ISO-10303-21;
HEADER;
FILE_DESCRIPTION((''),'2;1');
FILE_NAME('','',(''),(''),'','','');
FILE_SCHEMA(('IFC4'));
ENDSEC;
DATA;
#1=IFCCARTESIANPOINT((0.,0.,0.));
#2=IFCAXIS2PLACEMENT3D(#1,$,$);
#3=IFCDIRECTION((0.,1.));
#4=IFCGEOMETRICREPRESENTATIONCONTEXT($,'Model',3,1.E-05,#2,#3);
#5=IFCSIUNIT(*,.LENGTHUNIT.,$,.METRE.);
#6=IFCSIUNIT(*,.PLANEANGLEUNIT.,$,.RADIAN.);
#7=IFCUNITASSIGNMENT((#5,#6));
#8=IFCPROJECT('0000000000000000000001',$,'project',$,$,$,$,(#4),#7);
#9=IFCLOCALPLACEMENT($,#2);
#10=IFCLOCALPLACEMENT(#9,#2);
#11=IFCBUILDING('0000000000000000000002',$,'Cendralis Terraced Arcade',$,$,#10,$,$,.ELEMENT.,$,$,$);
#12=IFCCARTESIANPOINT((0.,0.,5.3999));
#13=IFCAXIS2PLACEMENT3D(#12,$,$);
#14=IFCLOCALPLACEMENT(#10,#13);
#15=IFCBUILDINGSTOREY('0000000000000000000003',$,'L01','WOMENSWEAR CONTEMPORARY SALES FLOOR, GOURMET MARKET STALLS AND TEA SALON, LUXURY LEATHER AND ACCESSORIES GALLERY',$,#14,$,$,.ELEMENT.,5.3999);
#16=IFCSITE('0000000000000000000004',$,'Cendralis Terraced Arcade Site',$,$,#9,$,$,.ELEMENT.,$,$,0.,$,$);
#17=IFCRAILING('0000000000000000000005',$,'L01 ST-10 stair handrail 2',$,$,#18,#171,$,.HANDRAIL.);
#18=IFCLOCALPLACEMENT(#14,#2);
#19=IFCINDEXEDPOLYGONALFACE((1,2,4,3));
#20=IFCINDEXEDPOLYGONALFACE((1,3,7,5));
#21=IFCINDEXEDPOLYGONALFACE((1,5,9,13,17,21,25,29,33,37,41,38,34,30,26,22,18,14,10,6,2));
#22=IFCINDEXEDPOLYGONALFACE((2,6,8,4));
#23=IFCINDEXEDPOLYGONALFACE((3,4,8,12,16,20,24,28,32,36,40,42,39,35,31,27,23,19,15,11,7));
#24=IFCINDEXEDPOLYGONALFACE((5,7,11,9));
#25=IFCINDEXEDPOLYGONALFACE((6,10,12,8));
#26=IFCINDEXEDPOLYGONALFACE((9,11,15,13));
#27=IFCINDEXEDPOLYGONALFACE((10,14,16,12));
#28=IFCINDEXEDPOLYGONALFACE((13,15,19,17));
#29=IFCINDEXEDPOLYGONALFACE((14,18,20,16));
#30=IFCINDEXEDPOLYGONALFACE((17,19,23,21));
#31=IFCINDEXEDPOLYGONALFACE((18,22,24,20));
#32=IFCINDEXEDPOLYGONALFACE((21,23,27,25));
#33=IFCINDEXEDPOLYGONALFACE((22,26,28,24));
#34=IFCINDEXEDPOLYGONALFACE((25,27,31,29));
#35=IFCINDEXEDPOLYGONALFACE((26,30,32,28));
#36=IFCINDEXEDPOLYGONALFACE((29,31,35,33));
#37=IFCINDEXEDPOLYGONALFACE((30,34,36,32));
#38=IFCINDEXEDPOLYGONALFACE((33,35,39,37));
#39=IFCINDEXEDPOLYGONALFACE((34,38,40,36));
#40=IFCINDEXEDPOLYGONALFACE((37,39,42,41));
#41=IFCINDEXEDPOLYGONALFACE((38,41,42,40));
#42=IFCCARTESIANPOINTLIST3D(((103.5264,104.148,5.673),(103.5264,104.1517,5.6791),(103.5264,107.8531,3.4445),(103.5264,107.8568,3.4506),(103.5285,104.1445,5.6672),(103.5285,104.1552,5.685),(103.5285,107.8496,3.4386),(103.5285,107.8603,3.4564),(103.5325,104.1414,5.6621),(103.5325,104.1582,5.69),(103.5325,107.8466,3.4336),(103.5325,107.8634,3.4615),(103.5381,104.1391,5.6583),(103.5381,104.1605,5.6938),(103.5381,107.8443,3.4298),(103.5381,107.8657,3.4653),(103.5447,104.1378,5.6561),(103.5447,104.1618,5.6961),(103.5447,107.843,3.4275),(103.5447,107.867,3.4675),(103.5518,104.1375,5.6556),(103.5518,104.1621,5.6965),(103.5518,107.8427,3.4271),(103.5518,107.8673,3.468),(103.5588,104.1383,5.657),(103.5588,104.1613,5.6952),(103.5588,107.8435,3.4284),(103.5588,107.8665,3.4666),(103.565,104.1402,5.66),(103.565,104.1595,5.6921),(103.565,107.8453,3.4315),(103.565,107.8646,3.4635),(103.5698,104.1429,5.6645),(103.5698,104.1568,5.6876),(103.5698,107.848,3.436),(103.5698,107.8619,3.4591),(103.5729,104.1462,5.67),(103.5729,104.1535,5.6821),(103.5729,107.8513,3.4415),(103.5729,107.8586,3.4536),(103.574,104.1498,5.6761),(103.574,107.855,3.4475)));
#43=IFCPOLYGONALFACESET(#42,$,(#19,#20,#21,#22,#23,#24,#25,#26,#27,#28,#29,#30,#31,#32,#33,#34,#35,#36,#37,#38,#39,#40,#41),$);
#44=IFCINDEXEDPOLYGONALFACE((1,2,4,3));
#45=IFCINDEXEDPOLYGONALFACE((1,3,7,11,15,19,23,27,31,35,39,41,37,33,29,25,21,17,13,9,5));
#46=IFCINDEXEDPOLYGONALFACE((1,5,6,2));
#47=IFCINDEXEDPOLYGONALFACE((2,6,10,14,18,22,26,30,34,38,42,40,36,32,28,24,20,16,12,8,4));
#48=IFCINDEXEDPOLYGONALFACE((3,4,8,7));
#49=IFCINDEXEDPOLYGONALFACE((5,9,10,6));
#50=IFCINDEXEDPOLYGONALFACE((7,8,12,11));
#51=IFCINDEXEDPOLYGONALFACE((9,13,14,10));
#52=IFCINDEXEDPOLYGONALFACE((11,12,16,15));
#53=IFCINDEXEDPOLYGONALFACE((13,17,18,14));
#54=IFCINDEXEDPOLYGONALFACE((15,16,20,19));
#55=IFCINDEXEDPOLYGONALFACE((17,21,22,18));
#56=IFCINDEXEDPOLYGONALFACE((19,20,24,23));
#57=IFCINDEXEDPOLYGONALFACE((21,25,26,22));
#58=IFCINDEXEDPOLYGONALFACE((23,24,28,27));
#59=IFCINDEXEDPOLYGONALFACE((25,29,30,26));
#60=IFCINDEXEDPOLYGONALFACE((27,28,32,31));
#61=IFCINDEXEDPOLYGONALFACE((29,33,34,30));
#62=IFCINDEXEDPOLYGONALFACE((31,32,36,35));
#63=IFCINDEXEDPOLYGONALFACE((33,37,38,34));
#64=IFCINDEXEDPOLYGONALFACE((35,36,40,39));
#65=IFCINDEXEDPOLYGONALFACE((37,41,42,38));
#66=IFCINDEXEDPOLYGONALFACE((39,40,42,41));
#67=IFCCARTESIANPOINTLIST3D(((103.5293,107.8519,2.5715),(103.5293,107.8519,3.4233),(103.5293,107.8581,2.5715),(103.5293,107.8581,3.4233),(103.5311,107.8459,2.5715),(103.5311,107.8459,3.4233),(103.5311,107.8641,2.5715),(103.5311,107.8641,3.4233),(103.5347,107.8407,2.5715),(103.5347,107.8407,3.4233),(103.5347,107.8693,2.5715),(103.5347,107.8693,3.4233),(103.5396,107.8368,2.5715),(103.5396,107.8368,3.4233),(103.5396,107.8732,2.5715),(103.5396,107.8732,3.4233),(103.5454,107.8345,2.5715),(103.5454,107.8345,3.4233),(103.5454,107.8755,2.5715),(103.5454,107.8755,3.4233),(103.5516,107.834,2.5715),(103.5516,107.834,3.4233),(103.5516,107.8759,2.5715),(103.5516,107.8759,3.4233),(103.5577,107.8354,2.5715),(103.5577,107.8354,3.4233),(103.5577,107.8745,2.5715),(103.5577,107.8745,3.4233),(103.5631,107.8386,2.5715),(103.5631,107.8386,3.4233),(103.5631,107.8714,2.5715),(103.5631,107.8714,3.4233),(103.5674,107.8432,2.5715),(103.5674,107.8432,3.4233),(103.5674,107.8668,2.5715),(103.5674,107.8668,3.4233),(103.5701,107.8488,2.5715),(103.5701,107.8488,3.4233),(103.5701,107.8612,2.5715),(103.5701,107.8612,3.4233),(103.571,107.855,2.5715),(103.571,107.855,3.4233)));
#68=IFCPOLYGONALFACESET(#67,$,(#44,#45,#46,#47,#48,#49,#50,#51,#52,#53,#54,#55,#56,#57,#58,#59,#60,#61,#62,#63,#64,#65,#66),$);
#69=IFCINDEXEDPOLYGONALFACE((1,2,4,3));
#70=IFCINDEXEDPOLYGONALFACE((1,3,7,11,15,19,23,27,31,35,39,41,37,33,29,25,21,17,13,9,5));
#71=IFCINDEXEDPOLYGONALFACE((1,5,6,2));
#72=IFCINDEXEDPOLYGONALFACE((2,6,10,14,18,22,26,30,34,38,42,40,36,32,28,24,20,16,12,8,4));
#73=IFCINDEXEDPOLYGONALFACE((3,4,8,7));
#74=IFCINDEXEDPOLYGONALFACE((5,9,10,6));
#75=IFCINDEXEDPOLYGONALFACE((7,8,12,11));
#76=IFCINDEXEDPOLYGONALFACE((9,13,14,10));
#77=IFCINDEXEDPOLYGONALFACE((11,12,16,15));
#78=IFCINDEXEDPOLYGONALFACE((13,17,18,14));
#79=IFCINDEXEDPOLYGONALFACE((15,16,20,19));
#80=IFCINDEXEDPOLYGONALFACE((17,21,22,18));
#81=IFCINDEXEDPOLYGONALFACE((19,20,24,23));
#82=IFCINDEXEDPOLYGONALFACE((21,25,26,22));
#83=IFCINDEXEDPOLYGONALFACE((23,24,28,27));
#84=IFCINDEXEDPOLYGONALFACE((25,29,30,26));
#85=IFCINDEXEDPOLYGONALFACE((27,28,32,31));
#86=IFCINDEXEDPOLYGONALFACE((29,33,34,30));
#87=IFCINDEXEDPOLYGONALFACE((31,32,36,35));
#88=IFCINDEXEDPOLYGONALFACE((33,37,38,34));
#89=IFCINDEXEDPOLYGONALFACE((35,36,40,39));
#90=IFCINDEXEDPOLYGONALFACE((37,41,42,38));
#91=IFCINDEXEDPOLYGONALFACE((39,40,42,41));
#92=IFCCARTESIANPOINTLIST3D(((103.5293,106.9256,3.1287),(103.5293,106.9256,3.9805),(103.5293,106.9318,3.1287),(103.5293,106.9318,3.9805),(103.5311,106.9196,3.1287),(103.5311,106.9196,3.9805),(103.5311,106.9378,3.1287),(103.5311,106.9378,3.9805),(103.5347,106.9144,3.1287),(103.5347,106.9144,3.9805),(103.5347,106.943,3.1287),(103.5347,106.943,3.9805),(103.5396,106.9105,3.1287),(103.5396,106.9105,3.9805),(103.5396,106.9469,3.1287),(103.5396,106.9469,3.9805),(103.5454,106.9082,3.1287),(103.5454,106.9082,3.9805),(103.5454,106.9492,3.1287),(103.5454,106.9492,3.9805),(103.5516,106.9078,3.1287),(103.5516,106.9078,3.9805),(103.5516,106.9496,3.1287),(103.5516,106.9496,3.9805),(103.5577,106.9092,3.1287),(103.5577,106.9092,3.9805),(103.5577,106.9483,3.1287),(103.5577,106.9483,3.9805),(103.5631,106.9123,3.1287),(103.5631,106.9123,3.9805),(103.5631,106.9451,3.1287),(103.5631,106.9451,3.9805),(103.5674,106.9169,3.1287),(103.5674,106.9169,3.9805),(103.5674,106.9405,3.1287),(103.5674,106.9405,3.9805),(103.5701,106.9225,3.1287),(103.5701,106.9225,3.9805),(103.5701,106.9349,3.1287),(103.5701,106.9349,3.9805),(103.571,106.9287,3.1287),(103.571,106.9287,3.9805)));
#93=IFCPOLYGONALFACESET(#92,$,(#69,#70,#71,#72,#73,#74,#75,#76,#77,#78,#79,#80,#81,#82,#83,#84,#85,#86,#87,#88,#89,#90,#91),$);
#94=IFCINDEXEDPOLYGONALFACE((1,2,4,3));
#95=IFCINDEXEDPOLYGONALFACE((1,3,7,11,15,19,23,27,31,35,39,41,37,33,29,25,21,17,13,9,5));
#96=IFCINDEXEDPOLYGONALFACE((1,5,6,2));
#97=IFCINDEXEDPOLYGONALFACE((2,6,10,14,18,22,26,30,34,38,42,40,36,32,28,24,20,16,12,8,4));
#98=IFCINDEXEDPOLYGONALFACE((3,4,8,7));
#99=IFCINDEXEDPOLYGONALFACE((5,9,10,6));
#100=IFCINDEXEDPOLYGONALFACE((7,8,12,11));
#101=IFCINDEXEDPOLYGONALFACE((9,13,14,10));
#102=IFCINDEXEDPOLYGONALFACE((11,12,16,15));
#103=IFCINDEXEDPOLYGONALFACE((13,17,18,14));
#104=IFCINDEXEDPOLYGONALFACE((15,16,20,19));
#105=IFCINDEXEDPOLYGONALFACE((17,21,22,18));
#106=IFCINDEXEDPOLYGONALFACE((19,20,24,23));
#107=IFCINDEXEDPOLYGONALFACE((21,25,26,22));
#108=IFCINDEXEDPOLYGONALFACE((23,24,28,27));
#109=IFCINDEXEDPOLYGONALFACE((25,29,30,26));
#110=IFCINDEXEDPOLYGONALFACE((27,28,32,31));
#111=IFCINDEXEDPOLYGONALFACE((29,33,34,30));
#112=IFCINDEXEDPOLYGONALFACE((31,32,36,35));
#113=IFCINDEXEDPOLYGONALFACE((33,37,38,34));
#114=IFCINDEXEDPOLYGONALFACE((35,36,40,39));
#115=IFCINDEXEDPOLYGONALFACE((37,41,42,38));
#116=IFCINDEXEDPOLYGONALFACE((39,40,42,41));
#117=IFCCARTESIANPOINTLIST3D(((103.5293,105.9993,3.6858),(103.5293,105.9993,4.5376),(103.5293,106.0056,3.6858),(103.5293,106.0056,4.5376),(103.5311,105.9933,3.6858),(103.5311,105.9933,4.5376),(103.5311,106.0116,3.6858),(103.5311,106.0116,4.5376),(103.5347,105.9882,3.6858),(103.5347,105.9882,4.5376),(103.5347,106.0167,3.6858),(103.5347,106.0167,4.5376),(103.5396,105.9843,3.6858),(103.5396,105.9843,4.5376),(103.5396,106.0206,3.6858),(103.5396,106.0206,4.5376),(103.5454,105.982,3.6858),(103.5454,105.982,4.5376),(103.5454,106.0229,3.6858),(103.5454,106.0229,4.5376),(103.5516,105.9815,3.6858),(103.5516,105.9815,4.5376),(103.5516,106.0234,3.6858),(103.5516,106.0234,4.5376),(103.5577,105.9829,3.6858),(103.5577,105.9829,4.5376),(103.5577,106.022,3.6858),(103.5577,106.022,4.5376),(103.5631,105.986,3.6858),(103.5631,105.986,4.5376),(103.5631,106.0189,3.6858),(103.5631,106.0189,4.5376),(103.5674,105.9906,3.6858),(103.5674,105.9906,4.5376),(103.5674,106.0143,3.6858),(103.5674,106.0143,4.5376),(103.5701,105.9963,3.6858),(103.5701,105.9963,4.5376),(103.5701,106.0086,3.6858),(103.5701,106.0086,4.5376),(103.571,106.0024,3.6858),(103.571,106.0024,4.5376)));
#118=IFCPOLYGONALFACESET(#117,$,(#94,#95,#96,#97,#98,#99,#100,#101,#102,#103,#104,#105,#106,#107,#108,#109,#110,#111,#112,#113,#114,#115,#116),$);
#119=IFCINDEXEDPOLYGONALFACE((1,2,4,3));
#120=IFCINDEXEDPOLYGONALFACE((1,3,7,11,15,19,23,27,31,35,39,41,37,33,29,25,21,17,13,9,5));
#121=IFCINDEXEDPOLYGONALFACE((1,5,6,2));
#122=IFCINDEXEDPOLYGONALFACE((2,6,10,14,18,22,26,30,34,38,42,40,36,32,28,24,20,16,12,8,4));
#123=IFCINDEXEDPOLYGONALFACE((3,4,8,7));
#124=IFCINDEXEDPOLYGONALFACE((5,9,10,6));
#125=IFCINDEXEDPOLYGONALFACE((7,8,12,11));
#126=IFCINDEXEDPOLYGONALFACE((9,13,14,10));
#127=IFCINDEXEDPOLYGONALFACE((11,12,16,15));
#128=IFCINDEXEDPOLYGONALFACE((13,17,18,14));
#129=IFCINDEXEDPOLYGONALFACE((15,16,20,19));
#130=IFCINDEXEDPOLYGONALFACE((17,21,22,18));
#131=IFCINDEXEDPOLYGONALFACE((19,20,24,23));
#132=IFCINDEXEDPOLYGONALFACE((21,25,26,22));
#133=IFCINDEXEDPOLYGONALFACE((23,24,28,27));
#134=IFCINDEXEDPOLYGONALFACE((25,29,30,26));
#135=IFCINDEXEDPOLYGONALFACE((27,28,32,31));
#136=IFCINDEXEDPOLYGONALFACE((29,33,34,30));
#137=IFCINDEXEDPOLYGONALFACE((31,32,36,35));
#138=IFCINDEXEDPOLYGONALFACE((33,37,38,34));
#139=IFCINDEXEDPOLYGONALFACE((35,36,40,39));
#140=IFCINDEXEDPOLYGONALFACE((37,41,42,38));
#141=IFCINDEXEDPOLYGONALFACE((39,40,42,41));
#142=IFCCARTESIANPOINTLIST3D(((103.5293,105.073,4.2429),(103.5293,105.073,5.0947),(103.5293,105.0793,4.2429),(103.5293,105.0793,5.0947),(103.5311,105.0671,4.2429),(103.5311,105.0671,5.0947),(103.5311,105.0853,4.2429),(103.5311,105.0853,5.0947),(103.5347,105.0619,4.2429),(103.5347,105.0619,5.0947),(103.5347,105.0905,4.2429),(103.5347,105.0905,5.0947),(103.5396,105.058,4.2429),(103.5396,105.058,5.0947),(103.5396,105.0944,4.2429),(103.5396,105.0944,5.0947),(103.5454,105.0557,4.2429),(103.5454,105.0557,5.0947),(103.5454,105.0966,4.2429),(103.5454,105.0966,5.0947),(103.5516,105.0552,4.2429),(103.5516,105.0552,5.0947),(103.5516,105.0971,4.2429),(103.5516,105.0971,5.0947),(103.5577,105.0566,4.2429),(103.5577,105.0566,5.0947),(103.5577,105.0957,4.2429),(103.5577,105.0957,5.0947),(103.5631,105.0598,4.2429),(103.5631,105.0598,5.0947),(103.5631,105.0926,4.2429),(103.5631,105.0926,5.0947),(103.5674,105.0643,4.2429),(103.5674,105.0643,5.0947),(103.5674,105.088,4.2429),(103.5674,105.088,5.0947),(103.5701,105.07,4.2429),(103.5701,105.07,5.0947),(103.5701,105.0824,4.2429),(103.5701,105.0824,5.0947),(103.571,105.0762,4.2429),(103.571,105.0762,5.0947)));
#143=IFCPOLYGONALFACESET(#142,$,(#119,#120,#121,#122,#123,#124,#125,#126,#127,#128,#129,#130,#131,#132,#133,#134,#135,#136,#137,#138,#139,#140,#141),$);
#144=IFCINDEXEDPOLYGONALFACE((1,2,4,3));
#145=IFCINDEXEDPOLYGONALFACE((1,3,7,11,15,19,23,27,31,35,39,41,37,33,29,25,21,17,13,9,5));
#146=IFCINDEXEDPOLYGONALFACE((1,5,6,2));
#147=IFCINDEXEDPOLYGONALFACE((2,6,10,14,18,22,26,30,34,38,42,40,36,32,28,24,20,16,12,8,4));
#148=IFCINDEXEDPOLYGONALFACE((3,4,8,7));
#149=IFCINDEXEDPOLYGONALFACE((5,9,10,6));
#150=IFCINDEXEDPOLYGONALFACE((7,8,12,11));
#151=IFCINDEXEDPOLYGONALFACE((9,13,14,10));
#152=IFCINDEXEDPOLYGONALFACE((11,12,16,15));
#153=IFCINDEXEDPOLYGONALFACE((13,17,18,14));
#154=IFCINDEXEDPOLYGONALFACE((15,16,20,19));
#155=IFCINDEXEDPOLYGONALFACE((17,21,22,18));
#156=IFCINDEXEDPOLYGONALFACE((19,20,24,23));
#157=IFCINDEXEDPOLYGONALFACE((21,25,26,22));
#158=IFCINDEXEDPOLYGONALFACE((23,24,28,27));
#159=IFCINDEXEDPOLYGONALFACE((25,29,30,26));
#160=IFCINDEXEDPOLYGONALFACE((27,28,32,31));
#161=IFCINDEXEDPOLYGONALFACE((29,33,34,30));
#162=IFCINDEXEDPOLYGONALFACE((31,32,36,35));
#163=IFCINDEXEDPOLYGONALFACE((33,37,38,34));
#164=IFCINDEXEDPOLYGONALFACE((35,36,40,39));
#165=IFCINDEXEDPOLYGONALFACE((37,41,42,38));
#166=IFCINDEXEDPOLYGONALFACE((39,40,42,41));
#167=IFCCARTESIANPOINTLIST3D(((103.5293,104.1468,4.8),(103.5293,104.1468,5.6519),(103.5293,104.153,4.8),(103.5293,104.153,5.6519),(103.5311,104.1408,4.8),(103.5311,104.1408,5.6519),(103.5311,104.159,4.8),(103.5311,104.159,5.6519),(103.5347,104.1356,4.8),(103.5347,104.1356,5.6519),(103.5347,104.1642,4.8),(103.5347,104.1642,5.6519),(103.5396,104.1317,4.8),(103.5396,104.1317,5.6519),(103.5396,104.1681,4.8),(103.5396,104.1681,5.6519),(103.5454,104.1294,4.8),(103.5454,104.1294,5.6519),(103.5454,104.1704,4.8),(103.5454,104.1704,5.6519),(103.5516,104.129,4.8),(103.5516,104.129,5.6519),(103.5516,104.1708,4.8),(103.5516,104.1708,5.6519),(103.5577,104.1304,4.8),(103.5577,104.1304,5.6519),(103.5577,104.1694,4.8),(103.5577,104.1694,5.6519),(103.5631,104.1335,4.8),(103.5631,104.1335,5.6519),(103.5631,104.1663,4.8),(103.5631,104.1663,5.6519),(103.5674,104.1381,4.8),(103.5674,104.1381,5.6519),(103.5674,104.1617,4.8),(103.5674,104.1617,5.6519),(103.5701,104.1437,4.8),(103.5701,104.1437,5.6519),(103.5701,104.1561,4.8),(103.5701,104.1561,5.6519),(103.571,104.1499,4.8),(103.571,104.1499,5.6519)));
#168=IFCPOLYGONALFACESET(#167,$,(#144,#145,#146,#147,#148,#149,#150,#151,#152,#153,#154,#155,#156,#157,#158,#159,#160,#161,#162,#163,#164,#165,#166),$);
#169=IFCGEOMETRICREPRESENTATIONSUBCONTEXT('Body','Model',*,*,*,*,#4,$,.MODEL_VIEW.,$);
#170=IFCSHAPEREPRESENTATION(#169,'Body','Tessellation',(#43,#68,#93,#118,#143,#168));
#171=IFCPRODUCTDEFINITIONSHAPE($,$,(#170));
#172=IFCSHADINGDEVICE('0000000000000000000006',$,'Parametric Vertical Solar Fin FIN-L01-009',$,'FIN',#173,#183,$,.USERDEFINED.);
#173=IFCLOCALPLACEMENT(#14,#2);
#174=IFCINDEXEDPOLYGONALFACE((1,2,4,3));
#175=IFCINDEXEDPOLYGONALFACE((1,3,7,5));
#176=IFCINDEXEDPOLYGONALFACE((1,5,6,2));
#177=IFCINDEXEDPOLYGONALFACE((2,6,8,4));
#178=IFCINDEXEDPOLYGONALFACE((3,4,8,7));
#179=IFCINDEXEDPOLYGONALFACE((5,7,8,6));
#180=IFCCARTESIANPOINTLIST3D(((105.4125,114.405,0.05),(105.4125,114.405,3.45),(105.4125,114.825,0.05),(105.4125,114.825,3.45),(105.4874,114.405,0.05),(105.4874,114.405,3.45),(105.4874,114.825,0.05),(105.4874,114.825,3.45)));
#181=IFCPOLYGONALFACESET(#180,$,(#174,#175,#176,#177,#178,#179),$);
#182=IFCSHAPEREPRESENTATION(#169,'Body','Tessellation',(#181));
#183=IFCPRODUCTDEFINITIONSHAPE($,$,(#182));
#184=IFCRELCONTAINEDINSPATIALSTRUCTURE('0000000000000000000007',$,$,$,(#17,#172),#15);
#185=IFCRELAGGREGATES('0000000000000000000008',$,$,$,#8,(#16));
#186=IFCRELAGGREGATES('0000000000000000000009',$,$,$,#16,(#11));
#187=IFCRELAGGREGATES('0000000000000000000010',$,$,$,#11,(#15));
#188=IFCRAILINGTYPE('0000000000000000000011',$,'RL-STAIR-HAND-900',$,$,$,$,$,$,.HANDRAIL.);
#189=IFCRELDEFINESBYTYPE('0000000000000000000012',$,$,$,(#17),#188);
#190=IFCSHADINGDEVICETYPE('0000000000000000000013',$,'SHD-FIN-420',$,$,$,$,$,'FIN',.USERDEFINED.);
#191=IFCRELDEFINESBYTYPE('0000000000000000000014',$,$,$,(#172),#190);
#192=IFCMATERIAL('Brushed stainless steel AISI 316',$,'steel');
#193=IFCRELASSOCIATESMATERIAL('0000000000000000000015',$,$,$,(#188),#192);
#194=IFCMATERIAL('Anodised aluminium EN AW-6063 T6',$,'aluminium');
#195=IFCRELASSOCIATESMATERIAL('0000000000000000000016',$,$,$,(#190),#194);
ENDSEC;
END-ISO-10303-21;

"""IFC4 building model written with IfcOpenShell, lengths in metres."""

from ifc_helpers import new_model, si_unit, direction, frame, origin, origin_2d, place, context, subcontext, project, spatial, rectangle, circle, extrude, material, type_object, element, save


model = new_model("IFC4")

# Units and contexts
model_context = context("Model", 3, precision=1e-05, world=origin(), true_north=direction((0.0, 1.0)))
body_context = subcontext(model_context, "Body", "Model", "MODEL_VIEW")
ifc_project = project(units=[si_unit("LENGTHUNIT", "METRE"), si_unit("PLANEANGLEUNIT", "RADIAN")], contexts=[model_context])

# Site, building, storey
site_placement = place(None, origin())
site = spatial("IfcSite", under=ifc_project, at=site_placement, Name="Cendralis Terraced Arcade Site", CompositionType="ELEMENT", RefElevation=0.0)
building_placement = place(site_placement, origin())
building = spatial("IfcBuilding", under=site, at=building_placement, Name="Cendralis Terraced Arcade", CompositionType="ELEMENT")
storey_placement = place(building_placement, frame((0.0, 0.0, 5.3999)))
storey = spatial("IfcBuildingStorey", under=building, at=storey_placement, Name="L01", Description="WOMENSWEAR CONTEMPORARY SALES FLOOR, GOURMET MARKET STALLS AND TEA SALON, LUXURY LEATHER AND ACCESSORIES GALLERY", CompositionType="ELEMENT", Elevation=5.3999)

# Shared definitions
ifc_material_1 = material(Name="Anodised aluminium EN AW-6063 T6", Category="aluminium")

# Railing
ifc_material_2 = material(Name="Brushed stainless steel AISI 316", Category="steel")
railing_type_1 = type_object("IfcRailingType", Name="RL-STAIR-HAND-900", PredefinedType="HANDRAIL", material=ifc_material_2)
railing_1_placement = place(storey_placement, frame((103.55, 107.855, 2.5715)))
element("IfcRailing", 1, at=railing_1_placement, inside=storey, type_object=railing_type_1, Name="L01 ST-10 stair handrail 2", PredefinedType="HANDRAIL", context=body_context, shape_type="SweptSolid", body=[
    extrude(circle(Radius=0.0239, at=origin_2d()), frame((0.0, 0.0, 0.876), z_axis=(0.0, -0.856934, 0.515425), x_axis=(1.0, 0.0, 0.0)), (0.0, 0.0, 1.0), 4.3237),
    extrude(circle(Radius=0.021, at=origin_2d()), origin(), (0.0, 0.0, 1.0), 0.8518),
    extrude(circle(Radius=0.021, at=origin_2d()), frame((0.0, -0.9263, 0.5571)), (0.0, 0.0, 1.0), 0.8518),
    extrude(circle(Radius=0.021, at=origin_2d()), frame((0.0, -1.8525, 1.1143)), (0.0, 0.0, 1.0), 0.8518),
    extrude(circle(Radius=0.021, at=origin_2d()), frame((0.0, -2.7788, 1.6714)), (0.0, 0.0, 1.0), 0.8518),
    extrude(circle(Radius=0.021, at=origin_2d()), frame((0.0, -3.7051, 2.2285)), (0.0, 0.0, 1.0), 0.8518),
])

# Shading device
shading_device_type = type_object("IfcShadingDeviceType", Name="SHD-FIN-420", ElementType="FIN", PredefinedType="USERDEFINED", material=ifc_material_1)
shading_device_placement = place(storey_placement, frame((105.45, 114.615, 0.05), z_axis=(0.0, 0.0, 1.0), x_axis=(1.0, 0.0, 0.0)))
element("IfcShadingDevice", 2, at=shading_device_placement, inside=storey, type_object=shading_device_type, Name="Parametric Vertical Solar Fin FIN-L01-009", ObjectType="FIN", PredefinedType="USERDEFINED", context=body_context, shape_type="SweptSolid", body=[
    extrude(rectangle(XDim=0.075, YDim=0.4199, at=origin_2d()), origin(), (0.0, 0.0, 1.0), 3.3999),
])

save(model, "model.ifc")
